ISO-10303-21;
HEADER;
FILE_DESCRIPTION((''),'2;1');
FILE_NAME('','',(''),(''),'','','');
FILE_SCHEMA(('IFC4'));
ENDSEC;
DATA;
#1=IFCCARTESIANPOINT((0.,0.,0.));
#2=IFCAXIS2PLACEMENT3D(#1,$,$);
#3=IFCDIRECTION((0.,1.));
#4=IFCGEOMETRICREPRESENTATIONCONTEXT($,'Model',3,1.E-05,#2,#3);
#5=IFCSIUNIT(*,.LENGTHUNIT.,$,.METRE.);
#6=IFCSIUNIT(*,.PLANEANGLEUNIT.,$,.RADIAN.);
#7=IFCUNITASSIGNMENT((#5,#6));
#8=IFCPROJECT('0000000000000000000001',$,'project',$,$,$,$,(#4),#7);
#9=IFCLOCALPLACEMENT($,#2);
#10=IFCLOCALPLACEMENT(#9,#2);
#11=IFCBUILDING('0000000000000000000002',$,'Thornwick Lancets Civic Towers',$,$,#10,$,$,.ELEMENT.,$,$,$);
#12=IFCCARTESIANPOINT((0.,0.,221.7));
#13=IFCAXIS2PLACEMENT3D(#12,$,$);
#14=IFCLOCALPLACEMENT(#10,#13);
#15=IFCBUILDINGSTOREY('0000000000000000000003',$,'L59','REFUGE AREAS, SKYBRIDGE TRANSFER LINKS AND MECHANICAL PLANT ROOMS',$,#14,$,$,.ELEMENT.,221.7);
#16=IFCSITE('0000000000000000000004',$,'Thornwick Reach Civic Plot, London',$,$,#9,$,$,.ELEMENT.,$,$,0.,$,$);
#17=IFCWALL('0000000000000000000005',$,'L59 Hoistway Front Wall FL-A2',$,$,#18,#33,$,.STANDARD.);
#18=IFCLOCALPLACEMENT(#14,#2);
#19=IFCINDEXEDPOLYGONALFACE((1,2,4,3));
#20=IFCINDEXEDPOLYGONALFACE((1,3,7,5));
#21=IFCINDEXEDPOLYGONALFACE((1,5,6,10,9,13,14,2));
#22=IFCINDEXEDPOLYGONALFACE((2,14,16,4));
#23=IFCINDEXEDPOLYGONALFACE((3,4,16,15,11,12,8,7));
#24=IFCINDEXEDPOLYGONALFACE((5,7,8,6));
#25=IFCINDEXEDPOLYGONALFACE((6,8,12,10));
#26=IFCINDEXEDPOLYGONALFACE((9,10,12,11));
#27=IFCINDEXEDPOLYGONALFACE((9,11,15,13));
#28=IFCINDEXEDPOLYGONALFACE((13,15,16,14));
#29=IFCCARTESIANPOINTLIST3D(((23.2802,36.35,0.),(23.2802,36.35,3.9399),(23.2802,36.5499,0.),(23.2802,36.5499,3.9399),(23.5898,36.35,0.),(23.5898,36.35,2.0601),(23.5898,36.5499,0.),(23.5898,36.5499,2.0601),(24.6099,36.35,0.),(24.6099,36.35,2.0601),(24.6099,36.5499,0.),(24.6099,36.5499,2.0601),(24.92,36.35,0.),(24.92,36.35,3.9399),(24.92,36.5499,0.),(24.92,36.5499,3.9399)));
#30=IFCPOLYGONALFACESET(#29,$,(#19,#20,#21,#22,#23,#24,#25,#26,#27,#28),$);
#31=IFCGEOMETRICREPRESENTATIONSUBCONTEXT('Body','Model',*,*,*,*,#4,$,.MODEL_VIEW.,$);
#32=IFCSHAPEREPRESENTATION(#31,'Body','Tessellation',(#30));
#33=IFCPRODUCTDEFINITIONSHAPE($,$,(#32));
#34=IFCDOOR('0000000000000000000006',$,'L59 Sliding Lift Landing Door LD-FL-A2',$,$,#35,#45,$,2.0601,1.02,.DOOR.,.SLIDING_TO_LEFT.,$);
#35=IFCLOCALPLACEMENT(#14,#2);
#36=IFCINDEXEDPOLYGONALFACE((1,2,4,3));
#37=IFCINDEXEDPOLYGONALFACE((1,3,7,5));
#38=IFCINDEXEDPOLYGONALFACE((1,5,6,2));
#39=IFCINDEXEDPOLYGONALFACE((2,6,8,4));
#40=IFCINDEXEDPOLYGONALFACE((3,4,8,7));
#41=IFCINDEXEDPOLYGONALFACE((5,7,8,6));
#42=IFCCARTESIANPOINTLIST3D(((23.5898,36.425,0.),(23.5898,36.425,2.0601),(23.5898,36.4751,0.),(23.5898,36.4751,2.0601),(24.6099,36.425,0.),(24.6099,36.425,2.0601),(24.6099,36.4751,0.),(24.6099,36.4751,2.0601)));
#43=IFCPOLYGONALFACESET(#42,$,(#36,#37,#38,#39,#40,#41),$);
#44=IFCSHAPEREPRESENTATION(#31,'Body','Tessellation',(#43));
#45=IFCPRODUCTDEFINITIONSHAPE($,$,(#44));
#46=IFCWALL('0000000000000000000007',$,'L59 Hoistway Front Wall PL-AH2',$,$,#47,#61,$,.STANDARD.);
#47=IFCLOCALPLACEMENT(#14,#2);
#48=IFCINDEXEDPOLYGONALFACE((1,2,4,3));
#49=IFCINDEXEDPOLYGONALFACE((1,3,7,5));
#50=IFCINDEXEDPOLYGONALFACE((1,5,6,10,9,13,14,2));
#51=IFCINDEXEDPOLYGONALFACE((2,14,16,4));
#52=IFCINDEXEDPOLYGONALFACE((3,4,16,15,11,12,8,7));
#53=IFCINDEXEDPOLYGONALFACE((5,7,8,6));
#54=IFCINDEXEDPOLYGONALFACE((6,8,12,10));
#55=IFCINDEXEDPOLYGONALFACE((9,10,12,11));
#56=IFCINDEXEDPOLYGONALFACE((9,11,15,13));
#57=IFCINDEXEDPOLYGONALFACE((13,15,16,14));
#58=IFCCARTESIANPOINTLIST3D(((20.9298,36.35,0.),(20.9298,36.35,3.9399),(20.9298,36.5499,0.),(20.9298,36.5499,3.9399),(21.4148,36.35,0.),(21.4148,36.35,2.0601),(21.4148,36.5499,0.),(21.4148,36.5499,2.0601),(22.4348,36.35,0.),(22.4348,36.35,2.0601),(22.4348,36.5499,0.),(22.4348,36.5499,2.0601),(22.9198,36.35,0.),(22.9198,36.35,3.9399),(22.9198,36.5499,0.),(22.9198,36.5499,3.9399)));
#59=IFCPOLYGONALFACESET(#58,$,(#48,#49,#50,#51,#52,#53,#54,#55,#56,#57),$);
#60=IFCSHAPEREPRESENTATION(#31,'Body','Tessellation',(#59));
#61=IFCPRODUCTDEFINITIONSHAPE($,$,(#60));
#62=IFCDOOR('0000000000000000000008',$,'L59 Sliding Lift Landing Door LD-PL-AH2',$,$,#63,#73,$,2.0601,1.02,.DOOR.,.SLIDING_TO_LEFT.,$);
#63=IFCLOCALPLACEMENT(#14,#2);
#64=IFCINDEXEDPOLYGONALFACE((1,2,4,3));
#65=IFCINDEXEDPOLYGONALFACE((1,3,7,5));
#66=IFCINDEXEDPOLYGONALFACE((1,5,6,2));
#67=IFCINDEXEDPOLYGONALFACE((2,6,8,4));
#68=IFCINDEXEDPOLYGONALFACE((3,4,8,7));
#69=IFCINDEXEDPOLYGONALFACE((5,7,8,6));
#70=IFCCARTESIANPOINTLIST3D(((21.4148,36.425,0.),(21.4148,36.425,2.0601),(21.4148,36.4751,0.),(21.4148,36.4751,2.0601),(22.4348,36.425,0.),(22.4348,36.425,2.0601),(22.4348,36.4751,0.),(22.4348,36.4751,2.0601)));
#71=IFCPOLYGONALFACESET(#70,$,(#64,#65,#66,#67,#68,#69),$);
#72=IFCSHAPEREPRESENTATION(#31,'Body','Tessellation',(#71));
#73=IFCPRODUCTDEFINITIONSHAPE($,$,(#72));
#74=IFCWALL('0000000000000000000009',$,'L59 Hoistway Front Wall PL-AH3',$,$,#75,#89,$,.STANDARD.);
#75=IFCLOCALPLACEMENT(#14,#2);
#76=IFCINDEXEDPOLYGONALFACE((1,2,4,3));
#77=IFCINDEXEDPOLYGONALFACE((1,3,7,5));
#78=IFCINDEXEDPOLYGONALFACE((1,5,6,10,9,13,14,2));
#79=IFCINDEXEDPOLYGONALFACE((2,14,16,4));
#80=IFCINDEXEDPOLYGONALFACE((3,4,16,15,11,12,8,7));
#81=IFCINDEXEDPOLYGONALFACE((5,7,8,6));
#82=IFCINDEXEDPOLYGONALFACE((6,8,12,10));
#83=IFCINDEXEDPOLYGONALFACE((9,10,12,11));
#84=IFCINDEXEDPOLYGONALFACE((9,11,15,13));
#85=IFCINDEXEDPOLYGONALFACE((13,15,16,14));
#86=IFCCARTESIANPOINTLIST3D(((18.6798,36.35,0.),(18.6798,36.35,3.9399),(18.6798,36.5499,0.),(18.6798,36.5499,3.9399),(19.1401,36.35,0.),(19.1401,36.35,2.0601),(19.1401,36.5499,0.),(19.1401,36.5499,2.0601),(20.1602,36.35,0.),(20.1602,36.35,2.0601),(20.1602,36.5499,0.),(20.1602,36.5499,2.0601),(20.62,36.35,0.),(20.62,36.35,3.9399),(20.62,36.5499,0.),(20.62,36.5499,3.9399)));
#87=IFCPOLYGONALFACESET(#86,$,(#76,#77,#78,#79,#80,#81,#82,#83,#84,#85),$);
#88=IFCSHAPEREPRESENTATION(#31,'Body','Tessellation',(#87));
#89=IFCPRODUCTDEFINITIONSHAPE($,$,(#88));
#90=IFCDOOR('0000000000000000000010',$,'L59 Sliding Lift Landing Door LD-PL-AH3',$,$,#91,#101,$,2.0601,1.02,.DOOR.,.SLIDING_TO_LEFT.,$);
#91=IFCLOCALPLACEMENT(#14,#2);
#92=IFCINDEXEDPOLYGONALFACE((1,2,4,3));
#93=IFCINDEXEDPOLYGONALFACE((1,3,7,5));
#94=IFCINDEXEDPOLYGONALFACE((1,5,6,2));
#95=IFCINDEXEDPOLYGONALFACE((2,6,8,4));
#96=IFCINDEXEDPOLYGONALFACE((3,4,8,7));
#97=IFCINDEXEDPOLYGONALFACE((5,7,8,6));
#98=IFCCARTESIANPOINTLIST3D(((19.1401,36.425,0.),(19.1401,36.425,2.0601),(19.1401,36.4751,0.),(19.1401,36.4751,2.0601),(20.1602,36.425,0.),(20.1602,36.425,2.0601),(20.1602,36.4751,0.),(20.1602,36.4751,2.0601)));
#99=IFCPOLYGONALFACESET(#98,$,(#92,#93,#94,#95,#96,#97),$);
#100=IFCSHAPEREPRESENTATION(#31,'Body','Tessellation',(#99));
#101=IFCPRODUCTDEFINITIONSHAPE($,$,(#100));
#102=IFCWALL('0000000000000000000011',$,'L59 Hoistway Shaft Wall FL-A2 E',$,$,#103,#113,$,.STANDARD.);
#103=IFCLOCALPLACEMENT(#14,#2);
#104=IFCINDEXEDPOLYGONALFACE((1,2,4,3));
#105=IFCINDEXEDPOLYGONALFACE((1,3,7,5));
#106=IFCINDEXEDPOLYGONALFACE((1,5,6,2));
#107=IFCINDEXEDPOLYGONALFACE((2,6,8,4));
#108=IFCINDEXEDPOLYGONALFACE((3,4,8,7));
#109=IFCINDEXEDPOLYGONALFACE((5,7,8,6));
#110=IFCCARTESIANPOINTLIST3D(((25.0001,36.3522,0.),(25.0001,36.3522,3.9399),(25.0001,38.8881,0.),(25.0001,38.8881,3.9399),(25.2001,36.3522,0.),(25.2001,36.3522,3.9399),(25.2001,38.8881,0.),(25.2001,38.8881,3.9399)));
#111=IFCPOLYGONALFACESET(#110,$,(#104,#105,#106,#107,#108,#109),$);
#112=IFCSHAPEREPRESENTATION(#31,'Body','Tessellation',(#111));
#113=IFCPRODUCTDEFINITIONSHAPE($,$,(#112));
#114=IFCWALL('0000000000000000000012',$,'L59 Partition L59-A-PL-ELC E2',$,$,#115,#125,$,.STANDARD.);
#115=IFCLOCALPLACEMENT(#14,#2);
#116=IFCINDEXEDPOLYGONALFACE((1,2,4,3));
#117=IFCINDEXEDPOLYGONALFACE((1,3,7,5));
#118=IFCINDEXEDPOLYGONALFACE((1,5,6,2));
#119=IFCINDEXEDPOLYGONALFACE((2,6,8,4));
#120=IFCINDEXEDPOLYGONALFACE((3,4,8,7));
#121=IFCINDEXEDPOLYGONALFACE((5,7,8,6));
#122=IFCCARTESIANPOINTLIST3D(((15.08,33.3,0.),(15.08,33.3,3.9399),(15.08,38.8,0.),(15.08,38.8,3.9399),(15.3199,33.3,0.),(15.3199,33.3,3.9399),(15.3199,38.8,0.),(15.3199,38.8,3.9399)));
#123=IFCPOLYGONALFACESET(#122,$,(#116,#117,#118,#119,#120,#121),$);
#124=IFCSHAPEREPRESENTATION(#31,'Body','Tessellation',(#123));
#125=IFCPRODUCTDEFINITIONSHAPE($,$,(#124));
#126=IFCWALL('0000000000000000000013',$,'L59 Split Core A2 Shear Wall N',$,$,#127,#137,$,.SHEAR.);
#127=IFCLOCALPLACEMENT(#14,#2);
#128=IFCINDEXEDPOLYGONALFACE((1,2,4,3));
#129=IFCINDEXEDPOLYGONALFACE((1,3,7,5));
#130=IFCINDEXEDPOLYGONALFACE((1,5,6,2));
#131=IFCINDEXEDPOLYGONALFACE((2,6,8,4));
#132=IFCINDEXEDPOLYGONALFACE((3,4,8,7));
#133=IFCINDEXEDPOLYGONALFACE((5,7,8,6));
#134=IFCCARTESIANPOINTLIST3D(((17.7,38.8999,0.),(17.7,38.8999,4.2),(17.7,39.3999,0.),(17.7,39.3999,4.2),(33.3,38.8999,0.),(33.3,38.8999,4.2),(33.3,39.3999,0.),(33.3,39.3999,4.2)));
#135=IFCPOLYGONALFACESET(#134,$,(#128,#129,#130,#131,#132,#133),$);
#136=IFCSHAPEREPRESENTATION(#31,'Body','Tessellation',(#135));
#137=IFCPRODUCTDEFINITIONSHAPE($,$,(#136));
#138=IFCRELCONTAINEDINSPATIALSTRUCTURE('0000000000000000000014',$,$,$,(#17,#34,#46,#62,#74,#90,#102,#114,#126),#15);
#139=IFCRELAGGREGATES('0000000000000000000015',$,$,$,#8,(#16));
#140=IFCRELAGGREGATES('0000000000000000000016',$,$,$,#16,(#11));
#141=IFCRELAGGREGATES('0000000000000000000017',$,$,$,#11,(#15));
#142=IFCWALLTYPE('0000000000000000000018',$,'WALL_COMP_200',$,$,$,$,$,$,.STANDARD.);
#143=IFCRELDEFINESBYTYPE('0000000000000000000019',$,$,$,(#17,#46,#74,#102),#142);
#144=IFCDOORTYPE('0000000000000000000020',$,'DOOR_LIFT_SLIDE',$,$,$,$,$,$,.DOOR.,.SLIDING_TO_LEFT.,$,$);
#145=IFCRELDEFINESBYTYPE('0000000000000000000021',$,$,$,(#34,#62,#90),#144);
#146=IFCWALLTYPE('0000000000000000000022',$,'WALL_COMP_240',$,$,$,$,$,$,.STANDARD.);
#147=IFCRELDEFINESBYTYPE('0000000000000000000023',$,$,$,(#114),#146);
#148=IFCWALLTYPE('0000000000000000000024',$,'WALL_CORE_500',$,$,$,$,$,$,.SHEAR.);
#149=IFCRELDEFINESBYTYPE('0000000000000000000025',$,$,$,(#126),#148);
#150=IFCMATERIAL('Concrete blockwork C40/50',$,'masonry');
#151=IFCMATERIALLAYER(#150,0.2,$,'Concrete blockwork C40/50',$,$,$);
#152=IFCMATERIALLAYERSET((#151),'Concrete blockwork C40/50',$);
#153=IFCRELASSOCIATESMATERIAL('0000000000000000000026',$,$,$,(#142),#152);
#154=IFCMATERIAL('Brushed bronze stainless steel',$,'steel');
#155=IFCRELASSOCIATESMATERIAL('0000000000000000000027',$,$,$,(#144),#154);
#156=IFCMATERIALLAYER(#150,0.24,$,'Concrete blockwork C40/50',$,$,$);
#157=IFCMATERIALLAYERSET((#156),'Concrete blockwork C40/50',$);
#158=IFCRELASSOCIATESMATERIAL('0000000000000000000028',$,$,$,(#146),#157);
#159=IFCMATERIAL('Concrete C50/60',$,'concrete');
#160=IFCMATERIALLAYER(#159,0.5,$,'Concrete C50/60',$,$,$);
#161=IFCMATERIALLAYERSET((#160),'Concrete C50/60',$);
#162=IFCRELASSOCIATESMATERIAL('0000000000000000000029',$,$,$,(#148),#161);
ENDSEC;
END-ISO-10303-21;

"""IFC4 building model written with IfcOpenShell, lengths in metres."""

from ifc_helpers import new_model, si_unit, direction, frame, frame_2d, origin, place, context, subcontext, project, spatial, rectangle, extrude, material, layer, layer_set, type_object, element, fill, save


model = new_model("IFC4")

# Units and contexts
model_context = context("Model", 3, precision=1e-05, world=origin(), true_north=direction((0.0, 1.0)))
body_context = subcontext(model_context, "Body", "Model", "MODEL_VIEW")
ifc_project = project(units=[si_unit("LENGTHUNIT", "METRE"), si_unit("PLANEANGLEUNIT", "RADIAN")], contexts=[model_context])

# Site, building, storey
site_placement = place(None, origin())
site = spatial("IfcSite", under=ifc_project, at=site_placement, Name="Thornwick Reach Civic Plot, London", CompositionType="ELEMENT", RefElevation=0.0)
building_placement = place(site_placement, origin())
building = spatial("IfcBuilding", under=site, at=building_placement, Name="Thornwick Lancets Civic Towers", CompositionType="ELEMENT")
storey_placement = place(building_placement, frame((0.0, 0.0, 221.7)))
storey = spatial("IfcBuildingStorey", under=building, at=storey_placement, Name="L59", Description="REFUGE AREAS, SKYBRIDGE TRANSFER LINKS AND MECHANICAL PLANT ROOMS", CompositionType="ELEMENT", Elevation=221.7)

# Shared definitions
ifc_material_1 = material(Name="Concrete C50/60", Category="concrete")

# Walls, openings, doors
ifc_material_2 = material(Name="Concrete blockwork C40/50", Category="masonry")
ifc_layer_1 = layer(ifc_material_2, 0.2, Name="Concrete blockwork C40/50")
ifc_layer_set_1 = layer_set([ifc_layer_1], Name="Concrete blockwork C40/50")
wall_type_1 = type_object("IfcWallType", Name="WALL_COMP_200", PredefinedType="STANDARD", material=ifc_layer_set_1)
wall_1_placement = place(storey_placement, frame((24.9199, 36.45, 0.0), z_axis=(0.0, 0.0, 1.0), x_axis=(-1.0, 0.0, 0.0)))
wall_1 = element("IfcWall", 1, at=wall_1_placement, inside=storey, type_object=wall_type_1, Name="L59 Hoistway Front Wall FL-A2", PredefinedType="STANDARD", context=body_context, shape_type="SweptSolid", body=[
    extrude(rectangle(XDim=1.6399, YDim=0.2, at=frame_2d((0.8198, 0.0))), origin(), (0.0, 0.0, 1.0), 3.9399),
])
opening_1_placement = place(wall_1_placement, frame((0.3101, 0.0, 0.0)))
opening_1 = element("IfcOpeningElement", 2, at=opening_1_placement, cuts=wall_1, PredefinedType="OPENING", context=body_context, shape_type="SweptSolid", body=[
    extrude(rectangle(XDim=1.02, YDim=2.0601, at=frame_2d((0.51, 1.03))), frame((0.0, 0.1099, 0.0), z_axis=(0.0, -1.0, 0.0), x_axis=(1.0, 0.0, 0.0)), (0.0, 0.0, 1.0), 0.22),
])
ifc_material_3 = material(Name="Brushed bronze stainless steel", Category="steel")
door_type = type_object("IfcDoorType", Name="DOOR_LIFT_SLIDE", OperationType="SLIDING_TO_LEFT", PredefinedType="DOOR", material=ifc_material_3)
door_1_placement = place(opening_1_placement, origin())
door_1 = element("IfcDoor", 3, at=door_1_placement, inside=storey, type_object=door_type, Name="L59 Sliding Lift Landing Door LD-FL-A2", OperationType="SLIDING_TO_LEFT", OverallHeight=2.0601, OverallWidth=1.02, PredefinedType="DOOR", context=body_context, shape_type="SweptSolid", body=[
    extrude(rectangle(XDim=1.02, YDim=2.0601, at=frame_2d((0.51, 1.03))), frame((0.0, 0.0249, 0.0), z_axis=(0.0, -1.0, 0.0), x_axis=(1.0, 0.0, 0.0)), (0.0, 0.0, 1.0), 0.05),
])
fill(opening_1, door_1)
wall_2_placement = place(storey_placement, frame((22.9199, 36.45, 0.0), z_axis=(0.0, 0.0, 1.0), x_axis=(-1.0, 0.0, 0.0)))
wall_2 = element("IfcWall", 4, at=wall_2_placement, inside=storey, type_object=wall_type_1, Name="L59 Hoistway Front Wall PL-AH2", PredefinedType="STANDARD", context=body_context, shape_type="SweptSolid", body=[
    extrude(rectangle(XDim=1.99, YDim=0.2, at=frame_2d((0.9951, 0.0))), origin(), (0.0, 0.0, 1.0), 3.9399),
])
opening_2_placement = place(wall_2_placement, frame((0.4851, 0.0, 0.0)))
opening_2 = element("IfcOpeningElement", 5, at=opening_2_placement, cuts=wall_2, PredefinedType="OPENING", context=body_context, shape_type="SweptSolid", body=[
    extrude(rectangle(XDim=1.02, YDim=2.0601, at=frame_2d((0.51, 1.03))), frame((0.0, 0.1099, 0.0), z_axis=(0.0, -1.0, 0.0), x_axis=(1.0, 0.0, 0.0)), (0.0, 0.0, 1.0), 0.22),
])
door_2_placement = place(opening_2_placement, origin())
door_2 = element("IfcDoor", 6, at=door_2_placement, inside=storey, type_object=door_type, Name="L59 Sliding Lift Landing Door LD-PL-AH2", OperationType="SLIDING_TO_LEFT", OverallHeight=2.0601, OverallWidth=1.02, PredefinedType="DOOR", context=body_context, shape_type="SweptSolid", body=[
    extrude(rectangle(XDim=1.02, YDim=2.0601, at=frame_2d((0.51, 1.03))), frame((0.0, 0.0249, 0.0), z_axis=(0.0, -1.0, 0.0), x_axis=(1.0, 0.0, 0.0)), (0.0, 0.0, 1.0), 0.05),
])
fill(opening_2, door_2)
wall_3_placement = place(storey_placement, frame((20.6201, 36.45, 0.0), z_axis=(0.0, 0.0, 1.0), x_axis=(-1.0, 0.0, 0.0)))
wall_3 = element("IfcWall", 7, at=wall_3_placement, inside=storey, type_object=wall_type_1, Name="L59 Hoistway Front Wall PL-AH3", PredefinedType="STANDARD", context=body_context, shape_type="SweptSolid", body=[
    extrude(rectangle(XDim=1.9402, YDim=0.2, at=frame_2d((0.9702, 0.0))), origin(), (0.0, 0.0, 1.0), 3.9399),
])
opening_3_placement = place(wall_3_placement, frame((0.46, 0.0, 0.0)))
opening_3 = element("IfcOpeningElement", 8, at=opening_3_placement, cuts=wall_3, PredefinedType="OPENING", context=body_context, shape_type="SweptSolid", body=[
    extrude(rectangle(XDim=1.02, YDim=2.0601, at=frame_2d((0.51, 1.03))), frame((0.0, 0.1099, 0.0), z_axis=(0.0, -1.0, 0.0), x_axis=(1.0, 0.0, 0.0)), (0.0, 0.0, 1.0), 0.22),
])
door_3_placement = place(opening_3_placement, origin())
door_3 = element("IfcDoor", 9, at=door_3_placement, inside=storey, type_object=door_type, Name="L59 Sliding Lift Landing Door LD-PL-AH3", OperationType="SLIDING_TO_LEFT", OverallHeight=2.0601, OverallWidth=1.02, PredefinedType="DOOR", context=body_context, shape_type="SweptSolid", body=[
    extrude(rectangle(XDim=1.02, YDim=2.0601, at=frame_2d((0.51, 1.03))), frame((0.0, 0.0249, 0.0), z_axis=(0.0, -1.0, 0.0), x_axis=(1.0, 0.0, 0.0)), (0.0, 0.0, 1.0), 0.05),
])
fill(opening_3, door_3)

# Walls
wall_4_placement = place(storey_placement, frame((25.1001, 36.3521, 0.0), z_axis=(0.0, 0.0, 1.0), x_axis=(0.0, 1.0, 0.0)))
element("IfcWall", 10, at=wall_4_placement, inside=storey, type_object=wall_type_1, Name="L59 Hoistway Shaft Wall FL-A2 E", PredefinedType="STANDARD", context=body_context, shape_type="SweptSolid", body=[
    extrude(rectangle(XDim=2.5359, YDim=0.2, at=frame_2d((1.2681, 0.0))), origin(), (0.0, 0.0, 1.0), 3.9399),
])
ifc_layer_2 = layer(ifc_material_2, 0.24, Name="Concrete blockwork C40/50")
ifc_layer_set_2 = layer_set([ifc_layer_2], Name="Concrete blockwork C40/50")
wall_type_2 = type_object("IfcWallType", Name="WALL_COMP_240", PredefinedType="STANDARD", material=ifc_layer_set_2)
wall_5_placement = place(storey_placement, frame((15.2, 38.8, 0.0), z_axis=(0.0, 0.0, 1.0), x_axis=(0.0, -1.0, 0.0)))
element("IfcWall", 11, at=wall_5_placement, inside=storey, type_object=wall_type_2, Name="L59 Partition L59-A-PL-ELC E2", PredefinedType="STANDARD", context=body_context, shape_type="SweptSolid", body=[
    extrude(rectangle(XDim=5.5, YDim=0.24, at=frame_2d((2.75, 0.0))), origin(), (0.0, 0.0, 1.0), 3.9399),
])
ifc_layer_3 = layer(ifc_material_1, 0.5, Name="Concrete C50/60")
ifc_layer_set_3 = layer_set([ifc_layer_3], Name="Concrete C50/60")
wall_type_3 = type_object("IfcWallType", Name="WALL_CORE_500", PredefinedType="SHEAR", material=ifc_layer_set_3)
wall_6_placement = place(storey_placement, frame((17.7, 39.1499, 0.0), z_axis=(0.0, 0.0, 1.0), x_axis=(1.0, 0.0, 0.0)))
element("IfcWall", 12, at=wall_6_placement, inside=storey, type_object=wall_type_3, Name="L59 Split Core A2 Shear Wall N", PredefinedType="SHEAR", context=body_context, shape_type="SweptSolid", body=[
    extrude(rectangle(XDim=15.6001, YDim=0.5, at=frame_2d((7.8, 0.0))), origin(), (0.0, 0.0, 1.0), 4.2),
])

save(model, "model.ifc")
